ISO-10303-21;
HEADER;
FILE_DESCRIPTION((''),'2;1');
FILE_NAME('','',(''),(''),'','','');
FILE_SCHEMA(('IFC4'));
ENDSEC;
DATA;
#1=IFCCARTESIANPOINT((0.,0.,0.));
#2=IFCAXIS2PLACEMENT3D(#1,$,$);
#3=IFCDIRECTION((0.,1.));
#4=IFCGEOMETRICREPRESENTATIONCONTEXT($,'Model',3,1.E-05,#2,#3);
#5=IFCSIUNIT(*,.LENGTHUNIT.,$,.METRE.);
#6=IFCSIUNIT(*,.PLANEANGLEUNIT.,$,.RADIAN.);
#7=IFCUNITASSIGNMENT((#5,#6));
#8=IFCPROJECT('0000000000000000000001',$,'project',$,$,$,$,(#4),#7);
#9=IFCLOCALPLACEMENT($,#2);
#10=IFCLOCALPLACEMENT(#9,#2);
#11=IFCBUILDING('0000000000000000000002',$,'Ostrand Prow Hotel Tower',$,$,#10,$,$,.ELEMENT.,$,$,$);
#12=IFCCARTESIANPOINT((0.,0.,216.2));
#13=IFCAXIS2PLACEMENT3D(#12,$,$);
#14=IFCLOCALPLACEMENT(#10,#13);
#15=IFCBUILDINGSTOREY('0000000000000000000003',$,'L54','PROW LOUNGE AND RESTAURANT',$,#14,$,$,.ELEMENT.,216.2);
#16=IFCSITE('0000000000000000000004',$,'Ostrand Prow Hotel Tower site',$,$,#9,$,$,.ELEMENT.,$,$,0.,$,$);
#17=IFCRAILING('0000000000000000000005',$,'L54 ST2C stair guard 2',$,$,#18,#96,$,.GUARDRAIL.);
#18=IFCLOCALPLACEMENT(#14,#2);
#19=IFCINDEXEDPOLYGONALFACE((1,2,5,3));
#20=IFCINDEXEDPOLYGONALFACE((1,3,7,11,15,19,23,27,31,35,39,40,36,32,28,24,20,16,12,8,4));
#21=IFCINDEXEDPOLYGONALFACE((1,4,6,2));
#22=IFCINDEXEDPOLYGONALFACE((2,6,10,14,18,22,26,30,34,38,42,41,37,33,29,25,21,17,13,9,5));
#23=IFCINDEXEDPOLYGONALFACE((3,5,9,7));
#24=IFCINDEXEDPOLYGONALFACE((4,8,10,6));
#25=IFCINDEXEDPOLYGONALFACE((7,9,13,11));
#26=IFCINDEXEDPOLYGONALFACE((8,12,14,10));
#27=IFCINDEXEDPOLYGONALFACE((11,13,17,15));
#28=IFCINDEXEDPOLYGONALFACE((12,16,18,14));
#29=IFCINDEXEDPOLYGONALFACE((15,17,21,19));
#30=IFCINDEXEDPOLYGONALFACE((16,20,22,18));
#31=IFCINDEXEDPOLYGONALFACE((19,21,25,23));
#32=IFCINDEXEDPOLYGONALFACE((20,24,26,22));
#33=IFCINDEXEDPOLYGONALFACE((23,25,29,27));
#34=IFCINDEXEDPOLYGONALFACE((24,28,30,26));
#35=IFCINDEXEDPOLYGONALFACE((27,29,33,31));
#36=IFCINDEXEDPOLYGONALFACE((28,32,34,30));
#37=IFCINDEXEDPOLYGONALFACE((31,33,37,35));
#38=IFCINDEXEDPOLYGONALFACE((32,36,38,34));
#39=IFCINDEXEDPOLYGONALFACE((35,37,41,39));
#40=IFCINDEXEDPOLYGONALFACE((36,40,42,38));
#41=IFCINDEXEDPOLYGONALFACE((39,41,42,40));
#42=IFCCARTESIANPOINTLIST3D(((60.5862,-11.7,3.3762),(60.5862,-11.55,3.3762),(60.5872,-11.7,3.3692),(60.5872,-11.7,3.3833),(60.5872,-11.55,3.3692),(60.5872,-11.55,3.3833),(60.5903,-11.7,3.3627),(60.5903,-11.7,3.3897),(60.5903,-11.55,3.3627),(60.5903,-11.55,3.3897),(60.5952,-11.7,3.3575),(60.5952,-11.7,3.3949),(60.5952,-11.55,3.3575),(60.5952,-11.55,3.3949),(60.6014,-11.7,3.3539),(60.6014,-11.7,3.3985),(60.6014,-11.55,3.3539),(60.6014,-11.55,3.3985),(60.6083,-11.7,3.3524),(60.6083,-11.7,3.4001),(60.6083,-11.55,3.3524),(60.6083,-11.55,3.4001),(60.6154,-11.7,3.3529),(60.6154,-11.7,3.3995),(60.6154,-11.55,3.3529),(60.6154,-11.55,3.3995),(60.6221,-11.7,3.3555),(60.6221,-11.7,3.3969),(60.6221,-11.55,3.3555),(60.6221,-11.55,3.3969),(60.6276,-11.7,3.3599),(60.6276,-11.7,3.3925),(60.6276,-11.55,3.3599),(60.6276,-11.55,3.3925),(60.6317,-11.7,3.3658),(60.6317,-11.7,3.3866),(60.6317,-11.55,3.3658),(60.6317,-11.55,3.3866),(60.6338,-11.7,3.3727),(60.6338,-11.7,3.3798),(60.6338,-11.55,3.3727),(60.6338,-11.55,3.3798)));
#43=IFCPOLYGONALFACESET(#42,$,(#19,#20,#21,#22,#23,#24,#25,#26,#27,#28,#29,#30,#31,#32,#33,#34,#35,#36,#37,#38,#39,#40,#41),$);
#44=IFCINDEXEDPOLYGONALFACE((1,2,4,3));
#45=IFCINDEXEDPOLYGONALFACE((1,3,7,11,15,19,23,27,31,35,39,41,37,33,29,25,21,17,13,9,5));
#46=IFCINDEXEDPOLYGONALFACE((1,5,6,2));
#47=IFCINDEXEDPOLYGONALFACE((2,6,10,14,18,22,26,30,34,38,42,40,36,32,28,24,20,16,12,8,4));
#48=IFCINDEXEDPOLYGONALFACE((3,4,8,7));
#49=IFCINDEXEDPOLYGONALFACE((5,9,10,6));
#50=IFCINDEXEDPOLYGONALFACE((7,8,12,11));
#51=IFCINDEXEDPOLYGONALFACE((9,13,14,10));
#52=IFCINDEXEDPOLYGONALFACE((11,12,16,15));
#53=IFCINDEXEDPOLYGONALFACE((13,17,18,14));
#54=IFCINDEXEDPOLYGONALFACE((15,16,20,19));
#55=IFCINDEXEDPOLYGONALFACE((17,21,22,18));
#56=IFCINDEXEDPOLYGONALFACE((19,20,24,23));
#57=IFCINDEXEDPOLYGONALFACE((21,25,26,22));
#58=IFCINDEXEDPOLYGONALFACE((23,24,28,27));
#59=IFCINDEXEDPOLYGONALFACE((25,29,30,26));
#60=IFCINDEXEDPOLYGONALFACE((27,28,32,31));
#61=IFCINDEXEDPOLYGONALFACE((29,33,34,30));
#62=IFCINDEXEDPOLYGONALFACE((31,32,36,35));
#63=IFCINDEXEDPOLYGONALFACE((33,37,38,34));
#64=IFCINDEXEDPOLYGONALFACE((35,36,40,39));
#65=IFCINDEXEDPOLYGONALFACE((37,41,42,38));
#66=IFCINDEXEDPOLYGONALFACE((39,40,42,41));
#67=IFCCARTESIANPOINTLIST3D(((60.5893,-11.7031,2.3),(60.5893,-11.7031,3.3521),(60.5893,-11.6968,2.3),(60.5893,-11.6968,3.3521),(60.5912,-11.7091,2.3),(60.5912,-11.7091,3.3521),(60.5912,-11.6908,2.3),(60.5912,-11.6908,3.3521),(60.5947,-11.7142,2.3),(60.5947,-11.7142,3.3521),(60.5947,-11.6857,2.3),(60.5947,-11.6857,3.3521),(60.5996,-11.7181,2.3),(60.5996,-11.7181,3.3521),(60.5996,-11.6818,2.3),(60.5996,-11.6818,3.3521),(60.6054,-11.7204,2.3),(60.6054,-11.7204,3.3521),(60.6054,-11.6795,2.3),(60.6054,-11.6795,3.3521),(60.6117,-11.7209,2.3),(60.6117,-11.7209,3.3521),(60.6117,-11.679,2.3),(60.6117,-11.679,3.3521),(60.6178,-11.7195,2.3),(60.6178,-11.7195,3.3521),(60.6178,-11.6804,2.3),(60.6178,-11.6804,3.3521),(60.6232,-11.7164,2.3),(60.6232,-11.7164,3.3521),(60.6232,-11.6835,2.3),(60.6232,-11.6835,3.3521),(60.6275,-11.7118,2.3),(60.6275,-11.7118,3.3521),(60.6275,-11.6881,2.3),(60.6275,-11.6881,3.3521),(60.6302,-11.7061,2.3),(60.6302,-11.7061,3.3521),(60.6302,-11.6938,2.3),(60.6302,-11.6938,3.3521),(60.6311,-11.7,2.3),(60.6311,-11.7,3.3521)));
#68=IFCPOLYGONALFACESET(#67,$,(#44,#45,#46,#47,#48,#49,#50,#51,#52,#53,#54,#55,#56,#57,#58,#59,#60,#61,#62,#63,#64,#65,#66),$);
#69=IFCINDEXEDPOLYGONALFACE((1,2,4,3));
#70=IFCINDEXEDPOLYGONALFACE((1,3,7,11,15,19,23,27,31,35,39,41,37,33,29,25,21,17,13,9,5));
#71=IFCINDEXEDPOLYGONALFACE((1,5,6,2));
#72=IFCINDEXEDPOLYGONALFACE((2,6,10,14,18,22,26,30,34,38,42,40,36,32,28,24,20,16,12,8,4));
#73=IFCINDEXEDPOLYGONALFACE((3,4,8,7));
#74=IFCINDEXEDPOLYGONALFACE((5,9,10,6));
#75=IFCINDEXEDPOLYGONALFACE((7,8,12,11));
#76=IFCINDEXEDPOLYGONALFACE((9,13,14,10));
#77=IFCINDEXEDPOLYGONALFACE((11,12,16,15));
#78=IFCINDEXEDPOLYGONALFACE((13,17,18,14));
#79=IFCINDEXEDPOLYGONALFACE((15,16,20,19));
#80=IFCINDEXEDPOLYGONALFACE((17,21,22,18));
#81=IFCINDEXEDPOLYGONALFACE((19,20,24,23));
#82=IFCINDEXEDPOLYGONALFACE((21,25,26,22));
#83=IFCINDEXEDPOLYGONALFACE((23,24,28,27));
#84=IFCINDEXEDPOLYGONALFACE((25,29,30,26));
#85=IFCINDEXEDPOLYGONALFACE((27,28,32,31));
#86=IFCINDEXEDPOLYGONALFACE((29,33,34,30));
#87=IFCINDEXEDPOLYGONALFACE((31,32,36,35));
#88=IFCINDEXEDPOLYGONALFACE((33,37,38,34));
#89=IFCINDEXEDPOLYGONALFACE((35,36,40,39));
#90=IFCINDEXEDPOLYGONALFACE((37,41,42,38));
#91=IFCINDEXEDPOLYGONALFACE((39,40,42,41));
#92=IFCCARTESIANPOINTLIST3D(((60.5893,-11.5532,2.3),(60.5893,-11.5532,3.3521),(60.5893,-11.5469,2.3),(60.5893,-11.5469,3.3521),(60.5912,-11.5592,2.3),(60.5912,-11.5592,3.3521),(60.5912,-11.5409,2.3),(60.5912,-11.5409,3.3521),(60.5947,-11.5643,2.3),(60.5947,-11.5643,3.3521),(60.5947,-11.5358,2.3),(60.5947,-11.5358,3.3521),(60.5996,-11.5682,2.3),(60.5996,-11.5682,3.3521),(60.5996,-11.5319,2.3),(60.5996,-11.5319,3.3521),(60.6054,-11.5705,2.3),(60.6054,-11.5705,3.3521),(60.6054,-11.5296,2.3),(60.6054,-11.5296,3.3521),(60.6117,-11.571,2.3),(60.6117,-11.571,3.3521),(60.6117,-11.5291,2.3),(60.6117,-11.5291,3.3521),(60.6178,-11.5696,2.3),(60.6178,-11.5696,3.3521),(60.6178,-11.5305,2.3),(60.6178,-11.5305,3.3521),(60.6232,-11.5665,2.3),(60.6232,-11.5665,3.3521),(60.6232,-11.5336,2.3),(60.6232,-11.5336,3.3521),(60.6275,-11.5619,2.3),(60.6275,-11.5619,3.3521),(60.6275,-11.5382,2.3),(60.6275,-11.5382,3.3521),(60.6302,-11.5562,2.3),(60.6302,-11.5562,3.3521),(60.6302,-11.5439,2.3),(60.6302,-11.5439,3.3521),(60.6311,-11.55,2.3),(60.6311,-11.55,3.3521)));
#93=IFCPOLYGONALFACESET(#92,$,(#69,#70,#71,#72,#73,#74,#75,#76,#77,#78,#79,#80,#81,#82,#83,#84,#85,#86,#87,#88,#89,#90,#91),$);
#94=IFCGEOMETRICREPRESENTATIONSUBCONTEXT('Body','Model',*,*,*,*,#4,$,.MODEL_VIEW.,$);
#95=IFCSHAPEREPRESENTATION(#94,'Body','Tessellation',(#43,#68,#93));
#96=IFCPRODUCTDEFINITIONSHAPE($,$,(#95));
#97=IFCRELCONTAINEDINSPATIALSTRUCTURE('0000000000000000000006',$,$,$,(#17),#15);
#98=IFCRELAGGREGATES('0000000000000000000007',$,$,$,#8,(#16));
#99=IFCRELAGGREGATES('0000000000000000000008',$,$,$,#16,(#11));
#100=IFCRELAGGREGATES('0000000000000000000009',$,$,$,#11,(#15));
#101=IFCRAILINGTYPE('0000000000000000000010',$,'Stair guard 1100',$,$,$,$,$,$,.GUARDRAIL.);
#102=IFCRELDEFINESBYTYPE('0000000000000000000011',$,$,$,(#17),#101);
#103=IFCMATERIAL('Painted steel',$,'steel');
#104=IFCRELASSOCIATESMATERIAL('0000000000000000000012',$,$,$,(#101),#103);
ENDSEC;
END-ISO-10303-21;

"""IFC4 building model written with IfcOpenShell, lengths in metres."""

from ifc_helpers import new_model, si_unit, direction, frame, origin, origin_2d, place, context, subcontext, project, spatial, circle, extrude, material, type_object, element, save


model = new_model("IFC4")

# Units and contexts
model_context = context("Model", 3, precision=1e-05, world=origin(), true_north=direction((0.0, 1.0)))
body_context = subcontext(model_context, "Body", "Model", "MODEL_VIEW")
ifc_project = project(units=[si_unit("LENGTHUNIT", "METRE"), si_unit("PLANEANGLEUNIT", "RADIAN")], contexts=[model_context])

# Site, building, storey
site_placement = place(None, origin())
site = spatial("IfcSite", under=ifc_project, at=site_placement, Name="Ostrand Prow Hotel Tower site", CompositionType="ELEMENT", RefElevation=0.0)
building_placement = place(site_placement, origin())
building = spatial("IfcBuilding", under=site, at=building_placement, Name="Ostrand Prow Hotel Tower", CompositionType="ELEMENT")
storey_placement = place(building_placement, frame((0.0, 0.0, 216.2)))
storey = spatial("IfcBuildingStorey", under=building, at=storey_placement, Name="L54", Description="PROW LOUNGE AND RESTAURANT", CompositionType="ELEMENT", Elevation=216.2)

# Railing
ifc_material_1 = material(Name="Painted steel", Category="steel")
railing_type_1 = type_object("IfcRailingType", Name="Stair guard 1100", PredefinedType="GUARDRAIL", material=ifc_material_1)
railing_1_placement = place(storey_placement, frame((60.6101, -11.7, 2.3)))
element("IfcRailing", 1, at=railing_1_placement, inside=storey, type_object=railing_type_1, Name="L54 ST2C stair guard 2", PredefinedType="GUARDRAIL", context=body_context, shape_type="SweptSolid", body=[
    extrude(circle(Radius=0.0239, at=origin_2d()), frame((0.0, 0.0, 1.0762), z_axis=(0.0, 1.0, 0.0), x_axis=(-1.0, 0.0, 0.0)), (0.0, 0.0, 1.0), 0.1499),
    extrude(circle(Radius=0.021, at=origin_2d()), origin(), (0.0, 0.0, 1.0), 1.052),
    extrude(circle(Radius=0.021, at=origin_2d()), frame((0.0, 0.1499, 0.0)), (0.0, 0.0, 1.0), 1.052),
])

save(model, "model.ifc")
